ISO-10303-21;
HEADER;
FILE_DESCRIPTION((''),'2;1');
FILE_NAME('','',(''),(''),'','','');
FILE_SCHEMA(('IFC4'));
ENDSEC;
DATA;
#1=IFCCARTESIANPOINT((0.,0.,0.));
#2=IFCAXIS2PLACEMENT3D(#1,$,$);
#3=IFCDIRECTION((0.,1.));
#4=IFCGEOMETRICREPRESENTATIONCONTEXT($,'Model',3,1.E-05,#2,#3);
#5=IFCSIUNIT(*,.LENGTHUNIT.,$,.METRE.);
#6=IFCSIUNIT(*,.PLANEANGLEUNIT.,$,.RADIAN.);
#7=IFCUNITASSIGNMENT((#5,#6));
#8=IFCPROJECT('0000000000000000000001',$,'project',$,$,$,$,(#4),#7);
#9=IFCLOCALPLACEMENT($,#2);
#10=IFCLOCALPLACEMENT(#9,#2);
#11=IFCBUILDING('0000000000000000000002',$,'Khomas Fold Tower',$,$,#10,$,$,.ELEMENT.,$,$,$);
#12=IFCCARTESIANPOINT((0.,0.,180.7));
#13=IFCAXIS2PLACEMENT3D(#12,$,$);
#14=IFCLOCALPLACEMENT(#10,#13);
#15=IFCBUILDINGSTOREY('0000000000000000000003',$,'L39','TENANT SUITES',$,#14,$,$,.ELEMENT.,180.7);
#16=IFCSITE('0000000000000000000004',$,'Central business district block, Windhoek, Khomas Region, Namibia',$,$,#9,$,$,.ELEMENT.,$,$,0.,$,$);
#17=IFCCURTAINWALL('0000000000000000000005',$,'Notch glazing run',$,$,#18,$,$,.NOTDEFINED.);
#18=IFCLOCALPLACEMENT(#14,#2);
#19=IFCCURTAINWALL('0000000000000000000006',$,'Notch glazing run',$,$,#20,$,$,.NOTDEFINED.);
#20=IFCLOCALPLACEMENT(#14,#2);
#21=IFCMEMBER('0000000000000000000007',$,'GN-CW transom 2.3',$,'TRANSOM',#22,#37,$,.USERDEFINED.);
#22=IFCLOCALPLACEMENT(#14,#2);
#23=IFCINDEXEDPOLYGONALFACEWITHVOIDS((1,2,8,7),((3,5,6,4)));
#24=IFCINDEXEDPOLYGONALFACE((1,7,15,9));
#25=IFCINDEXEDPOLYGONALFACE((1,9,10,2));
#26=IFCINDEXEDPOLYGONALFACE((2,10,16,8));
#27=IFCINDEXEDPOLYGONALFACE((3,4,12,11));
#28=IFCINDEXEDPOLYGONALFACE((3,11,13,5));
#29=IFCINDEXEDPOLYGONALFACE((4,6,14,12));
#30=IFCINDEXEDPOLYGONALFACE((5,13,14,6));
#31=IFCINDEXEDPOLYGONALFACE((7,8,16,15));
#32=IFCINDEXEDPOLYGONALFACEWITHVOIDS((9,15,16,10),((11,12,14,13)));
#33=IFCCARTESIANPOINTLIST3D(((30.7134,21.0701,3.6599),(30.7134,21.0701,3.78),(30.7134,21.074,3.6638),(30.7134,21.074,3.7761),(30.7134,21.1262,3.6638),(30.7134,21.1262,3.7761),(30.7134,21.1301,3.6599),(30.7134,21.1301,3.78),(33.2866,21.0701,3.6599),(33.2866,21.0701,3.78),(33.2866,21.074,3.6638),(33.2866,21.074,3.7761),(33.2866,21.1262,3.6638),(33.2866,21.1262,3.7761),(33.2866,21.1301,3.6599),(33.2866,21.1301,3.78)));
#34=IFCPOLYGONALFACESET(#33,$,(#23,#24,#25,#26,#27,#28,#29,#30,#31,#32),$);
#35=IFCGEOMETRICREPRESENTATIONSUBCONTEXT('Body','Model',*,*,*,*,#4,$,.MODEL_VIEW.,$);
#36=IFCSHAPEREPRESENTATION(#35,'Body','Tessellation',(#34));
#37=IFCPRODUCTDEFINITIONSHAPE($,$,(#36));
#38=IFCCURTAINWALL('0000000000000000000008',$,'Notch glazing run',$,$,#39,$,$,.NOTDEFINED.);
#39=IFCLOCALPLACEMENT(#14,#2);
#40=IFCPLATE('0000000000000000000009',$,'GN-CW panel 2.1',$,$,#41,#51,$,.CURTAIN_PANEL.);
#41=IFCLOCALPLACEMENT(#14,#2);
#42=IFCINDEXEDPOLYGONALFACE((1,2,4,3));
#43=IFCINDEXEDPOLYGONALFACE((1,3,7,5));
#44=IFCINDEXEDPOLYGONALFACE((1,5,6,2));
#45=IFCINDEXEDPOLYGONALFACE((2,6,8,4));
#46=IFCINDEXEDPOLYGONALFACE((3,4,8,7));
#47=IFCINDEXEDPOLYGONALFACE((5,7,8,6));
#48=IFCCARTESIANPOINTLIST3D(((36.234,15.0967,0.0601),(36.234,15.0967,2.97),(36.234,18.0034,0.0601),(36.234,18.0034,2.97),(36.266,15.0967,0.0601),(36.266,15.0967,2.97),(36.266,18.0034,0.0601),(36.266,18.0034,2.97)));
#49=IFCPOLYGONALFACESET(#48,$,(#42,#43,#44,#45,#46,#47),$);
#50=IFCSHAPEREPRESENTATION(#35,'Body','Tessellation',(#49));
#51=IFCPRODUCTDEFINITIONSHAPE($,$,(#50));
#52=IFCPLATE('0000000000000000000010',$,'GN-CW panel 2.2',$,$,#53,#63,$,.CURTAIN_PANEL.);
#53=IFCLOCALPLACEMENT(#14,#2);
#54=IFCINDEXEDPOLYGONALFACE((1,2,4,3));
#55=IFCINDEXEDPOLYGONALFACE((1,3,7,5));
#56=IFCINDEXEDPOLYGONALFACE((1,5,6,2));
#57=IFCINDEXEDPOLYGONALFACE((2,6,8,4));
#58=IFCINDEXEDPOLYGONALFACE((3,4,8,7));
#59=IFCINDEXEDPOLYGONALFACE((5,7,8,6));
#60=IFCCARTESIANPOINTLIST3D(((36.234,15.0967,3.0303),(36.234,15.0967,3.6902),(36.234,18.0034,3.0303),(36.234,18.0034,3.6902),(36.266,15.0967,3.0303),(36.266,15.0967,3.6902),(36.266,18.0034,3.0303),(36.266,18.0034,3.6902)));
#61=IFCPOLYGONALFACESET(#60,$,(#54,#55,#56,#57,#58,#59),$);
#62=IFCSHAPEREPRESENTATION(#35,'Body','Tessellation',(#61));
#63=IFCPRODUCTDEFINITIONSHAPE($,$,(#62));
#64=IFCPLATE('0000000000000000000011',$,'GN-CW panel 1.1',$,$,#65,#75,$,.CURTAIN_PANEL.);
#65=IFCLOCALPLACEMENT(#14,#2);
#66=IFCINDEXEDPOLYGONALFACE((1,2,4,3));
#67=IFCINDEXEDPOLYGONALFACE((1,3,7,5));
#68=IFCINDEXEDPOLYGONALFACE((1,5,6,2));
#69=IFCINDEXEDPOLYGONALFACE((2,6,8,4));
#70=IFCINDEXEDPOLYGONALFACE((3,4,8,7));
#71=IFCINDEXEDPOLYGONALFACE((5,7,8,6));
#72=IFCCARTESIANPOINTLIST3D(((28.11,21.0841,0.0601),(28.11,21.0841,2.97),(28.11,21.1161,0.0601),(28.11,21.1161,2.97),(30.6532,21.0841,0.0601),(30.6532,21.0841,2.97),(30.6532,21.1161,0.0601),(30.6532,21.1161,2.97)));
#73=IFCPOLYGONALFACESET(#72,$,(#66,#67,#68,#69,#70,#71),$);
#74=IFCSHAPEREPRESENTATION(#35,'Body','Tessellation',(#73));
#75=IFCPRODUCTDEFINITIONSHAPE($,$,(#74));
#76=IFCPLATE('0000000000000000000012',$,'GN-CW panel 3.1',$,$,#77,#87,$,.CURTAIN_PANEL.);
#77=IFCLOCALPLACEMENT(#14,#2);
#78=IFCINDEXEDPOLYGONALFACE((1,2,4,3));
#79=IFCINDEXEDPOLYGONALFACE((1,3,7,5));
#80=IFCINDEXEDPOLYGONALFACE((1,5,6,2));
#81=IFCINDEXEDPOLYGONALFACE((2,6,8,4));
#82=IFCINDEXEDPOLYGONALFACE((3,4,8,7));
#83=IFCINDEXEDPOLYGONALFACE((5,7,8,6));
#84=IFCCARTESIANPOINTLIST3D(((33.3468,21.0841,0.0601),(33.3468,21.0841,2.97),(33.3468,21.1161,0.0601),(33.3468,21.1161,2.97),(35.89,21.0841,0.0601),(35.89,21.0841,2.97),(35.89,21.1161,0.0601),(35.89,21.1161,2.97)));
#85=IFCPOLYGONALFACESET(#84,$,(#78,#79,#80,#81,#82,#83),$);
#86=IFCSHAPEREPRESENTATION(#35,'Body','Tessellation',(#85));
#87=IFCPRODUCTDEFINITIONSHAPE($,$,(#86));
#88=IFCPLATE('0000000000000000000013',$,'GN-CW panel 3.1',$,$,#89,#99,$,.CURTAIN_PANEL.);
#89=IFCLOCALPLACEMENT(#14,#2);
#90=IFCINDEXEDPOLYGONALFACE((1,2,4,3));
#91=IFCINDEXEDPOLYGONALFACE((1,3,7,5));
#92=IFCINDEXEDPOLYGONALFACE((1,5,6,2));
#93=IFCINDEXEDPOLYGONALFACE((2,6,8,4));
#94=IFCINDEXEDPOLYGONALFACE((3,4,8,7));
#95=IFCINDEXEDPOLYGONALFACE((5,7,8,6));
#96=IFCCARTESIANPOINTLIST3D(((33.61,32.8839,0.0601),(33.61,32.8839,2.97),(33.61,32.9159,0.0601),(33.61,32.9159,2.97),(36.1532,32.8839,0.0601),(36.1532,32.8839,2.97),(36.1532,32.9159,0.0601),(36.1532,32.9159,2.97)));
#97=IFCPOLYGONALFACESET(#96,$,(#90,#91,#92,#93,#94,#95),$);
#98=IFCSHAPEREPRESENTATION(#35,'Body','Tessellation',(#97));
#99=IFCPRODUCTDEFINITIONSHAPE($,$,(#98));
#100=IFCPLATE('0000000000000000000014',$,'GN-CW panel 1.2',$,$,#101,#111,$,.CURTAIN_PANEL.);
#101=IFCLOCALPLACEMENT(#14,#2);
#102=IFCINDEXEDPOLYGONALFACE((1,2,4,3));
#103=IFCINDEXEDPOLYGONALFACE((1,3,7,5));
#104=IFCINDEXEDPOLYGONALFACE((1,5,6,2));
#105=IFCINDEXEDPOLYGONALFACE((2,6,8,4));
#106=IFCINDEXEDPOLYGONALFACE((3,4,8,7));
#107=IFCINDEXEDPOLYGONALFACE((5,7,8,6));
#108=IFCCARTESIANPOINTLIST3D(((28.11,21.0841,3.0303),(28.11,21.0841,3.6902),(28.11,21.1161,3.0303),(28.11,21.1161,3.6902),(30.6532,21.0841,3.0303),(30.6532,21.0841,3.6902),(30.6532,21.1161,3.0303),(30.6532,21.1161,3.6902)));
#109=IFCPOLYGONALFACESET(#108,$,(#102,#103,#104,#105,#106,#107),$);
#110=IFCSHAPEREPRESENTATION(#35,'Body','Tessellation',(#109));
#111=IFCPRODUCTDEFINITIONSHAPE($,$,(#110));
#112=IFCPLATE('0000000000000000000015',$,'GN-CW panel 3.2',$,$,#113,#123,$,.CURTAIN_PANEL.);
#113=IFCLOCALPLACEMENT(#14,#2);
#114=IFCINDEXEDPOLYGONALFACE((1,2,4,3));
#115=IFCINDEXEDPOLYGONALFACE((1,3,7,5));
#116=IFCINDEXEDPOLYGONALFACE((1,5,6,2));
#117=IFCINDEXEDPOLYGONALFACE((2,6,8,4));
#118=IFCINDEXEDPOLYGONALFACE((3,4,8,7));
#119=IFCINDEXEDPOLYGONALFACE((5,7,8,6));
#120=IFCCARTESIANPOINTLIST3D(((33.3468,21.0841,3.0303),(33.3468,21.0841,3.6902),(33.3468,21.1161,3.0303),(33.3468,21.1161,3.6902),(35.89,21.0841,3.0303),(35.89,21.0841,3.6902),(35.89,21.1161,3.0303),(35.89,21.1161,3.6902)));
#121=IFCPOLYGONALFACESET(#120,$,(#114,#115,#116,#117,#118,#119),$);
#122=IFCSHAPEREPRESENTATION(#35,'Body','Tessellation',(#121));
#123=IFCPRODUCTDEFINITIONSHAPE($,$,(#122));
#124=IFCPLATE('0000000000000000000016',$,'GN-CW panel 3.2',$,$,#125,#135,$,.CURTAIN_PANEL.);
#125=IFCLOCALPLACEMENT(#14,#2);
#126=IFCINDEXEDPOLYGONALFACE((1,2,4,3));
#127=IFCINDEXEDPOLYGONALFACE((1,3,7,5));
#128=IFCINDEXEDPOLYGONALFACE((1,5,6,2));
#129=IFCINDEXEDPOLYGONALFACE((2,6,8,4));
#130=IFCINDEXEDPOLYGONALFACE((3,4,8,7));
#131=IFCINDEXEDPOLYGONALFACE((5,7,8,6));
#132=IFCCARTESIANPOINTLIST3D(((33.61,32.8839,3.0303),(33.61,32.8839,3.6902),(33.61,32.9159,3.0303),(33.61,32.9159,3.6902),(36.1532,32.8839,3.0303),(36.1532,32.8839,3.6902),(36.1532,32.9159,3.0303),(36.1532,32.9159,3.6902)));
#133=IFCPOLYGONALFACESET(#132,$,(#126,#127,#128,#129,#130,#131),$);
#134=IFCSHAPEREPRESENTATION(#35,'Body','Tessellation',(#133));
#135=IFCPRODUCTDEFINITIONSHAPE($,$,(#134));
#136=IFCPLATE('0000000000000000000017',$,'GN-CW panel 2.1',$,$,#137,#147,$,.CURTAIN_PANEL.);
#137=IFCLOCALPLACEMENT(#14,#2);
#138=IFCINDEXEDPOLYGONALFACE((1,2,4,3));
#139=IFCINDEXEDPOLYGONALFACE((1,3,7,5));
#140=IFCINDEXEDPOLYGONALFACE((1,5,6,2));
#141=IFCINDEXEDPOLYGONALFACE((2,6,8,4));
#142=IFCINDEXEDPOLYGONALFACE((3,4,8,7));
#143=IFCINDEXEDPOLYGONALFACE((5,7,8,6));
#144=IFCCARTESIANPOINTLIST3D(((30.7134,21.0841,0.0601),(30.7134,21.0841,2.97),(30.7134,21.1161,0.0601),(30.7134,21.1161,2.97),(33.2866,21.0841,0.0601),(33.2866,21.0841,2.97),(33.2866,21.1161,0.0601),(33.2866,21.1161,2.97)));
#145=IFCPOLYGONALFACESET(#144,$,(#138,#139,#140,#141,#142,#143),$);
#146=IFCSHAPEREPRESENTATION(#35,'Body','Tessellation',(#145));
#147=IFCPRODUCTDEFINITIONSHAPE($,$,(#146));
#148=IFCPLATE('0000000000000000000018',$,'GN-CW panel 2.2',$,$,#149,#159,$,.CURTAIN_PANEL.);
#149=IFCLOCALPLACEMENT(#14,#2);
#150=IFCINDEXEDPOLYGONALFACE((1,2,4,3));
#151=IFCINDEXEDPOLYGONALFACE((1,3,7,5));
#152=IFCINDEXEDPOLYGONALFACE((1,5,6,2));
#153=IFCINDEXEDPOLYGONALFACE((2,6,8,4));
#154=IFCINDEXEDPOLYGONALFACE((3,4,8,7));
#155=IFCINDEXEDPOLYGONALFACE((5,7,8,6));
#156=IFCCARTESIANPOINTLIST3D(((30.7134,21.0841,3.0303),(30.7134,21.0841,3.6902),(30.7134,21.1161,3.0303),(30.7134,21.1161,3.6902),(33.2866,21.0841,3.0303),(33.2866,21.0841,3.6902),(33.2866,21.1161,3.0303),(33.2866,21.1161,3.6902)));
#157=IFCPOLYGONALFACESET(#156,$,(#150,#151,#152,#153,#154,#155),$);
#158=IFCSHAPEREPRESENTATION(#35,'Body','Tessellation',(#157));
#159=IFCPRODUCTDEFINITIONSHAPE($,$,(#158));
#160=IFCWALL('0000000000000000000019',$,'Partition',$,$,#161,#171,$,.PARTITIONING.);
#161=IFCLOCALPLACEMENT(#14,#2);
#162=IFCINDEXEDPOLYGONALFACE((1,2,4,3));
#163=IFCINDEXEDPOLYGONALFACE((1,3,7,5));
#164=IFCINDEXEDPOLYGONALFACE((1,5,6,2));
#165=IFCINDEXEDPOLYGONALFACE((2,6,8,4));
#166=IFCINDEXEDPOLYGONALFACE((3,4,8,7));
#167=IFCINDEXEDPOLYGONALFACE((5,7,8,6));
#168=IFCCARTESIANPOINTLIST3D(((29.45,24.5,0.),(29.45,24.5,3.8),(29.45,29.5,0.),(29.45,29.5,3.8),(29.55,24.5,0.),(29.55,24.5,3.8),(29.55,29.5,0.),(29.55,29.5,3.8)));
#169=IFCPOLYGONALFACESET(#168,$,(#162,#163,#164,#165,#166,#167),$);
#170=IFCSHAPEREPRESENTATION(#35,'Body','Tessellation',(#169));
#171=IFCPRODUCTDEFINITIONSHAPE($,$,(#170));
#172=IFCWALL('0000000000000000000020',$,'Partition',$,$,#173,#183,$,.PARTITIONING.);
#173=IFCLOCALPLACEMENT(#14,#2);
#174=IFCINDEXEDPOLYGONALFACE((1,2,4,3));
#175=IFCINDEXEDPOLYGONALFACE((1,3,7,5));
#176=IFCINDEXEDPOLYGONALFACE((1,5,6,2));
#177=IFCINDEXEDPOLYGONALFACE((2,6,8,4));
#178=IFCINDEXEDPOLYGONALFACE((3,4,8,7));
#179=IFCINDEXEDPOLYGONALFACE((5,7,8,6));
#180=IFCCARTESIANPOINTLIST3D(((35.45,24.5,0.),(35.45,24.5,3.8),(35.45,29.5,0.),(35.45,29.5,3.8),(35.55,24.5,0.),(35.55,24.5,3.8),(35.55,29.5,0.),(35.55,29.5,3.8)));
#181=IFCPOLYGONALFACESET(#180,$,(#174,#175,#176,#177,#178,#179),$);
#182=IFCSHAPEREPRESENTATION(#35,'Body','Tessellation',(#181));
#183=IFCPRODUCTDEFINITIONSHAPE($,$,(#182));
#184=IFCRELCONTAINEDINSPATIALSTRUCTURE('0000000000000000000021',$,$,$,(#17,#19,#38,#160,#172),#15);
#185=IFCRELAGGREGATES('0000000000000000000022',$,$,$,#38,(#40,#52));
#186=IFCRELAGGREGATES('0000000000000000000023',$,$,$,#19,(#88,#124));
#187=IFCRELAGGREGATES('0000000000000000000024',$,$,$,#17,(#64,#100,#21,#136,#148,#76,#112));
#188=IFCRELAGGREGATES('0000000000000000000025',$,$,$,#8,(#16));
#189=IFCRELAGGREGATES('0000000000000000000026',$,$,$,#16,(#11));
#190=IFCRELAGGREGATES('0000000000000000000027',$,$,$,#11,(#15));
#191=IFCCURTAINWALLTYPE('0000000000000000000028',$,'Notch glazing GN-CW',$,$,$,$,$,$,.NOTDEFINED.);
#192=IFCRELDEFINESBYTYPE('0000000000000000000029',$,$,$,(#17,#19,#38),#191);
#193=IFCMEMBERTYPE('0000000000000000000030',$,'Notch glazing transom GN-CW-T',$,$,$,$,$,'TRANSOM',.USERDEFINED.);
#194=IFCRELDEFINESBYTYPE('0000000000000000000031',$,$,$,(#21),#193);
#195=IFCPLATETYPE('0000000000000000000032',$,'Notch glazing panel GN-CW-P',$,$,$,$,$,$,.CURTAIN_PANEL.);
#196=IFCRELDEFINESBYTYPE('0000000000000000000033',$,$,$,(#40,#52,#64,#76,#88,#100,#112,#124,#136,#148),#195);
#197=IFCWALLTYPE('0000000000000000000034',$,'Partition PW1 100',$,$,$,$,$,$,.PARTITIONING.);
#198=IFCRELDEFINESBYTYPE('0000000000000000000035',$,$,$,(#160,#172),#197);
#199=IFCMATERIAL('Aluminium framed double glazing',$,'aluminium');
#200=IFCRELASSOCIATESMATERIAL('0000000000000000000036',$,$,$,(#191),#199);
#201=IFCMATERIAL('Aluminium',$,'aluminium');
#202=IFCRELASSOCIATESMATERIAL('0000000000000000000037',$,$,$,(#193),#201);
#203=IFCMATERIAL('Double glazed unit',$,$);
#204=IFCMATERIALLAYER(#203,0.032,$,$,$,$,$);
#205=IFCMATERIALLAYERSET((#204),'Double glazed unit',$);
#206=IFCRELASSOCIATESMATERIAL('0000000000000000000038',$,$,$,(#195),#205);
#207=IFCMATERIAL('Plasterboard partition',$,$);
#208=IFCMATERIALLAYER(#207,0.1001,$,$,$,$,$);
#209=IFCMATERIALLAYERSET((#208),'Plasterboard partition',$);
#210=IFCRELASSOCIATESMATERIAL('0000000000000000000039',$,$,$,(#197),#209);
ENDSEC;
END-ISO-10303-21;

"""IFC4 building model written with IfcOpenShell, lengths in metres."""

from ifc_helpers import new_model, si_unit, direction, frame, frame_2d, origin, origin_2d, place, context, subcontext, project, spatial, rectangle, hollow_rectangle, extrude, source, transform, mapped, material, layer, layer_set, material_profile, profile_set, type_object, element, aggregate, save


model = new_model("IFC4")

# Units and contexts
model_context = context("Model", 3, precision=1e-05, world=origin(), true_north=direction((0.0, 1.0)))
body_context = subcontext(model_context, "Body", "Model", "MODEL_VIEW")
ifc_project = project(units=[si_unit("LENGTHUNIT", "METRE"), si_unit("PLANEANGLEUNIT", "RADIAN")], contexts=[model_context])

# Site, building, storey
site_placement = place(None, origin())
site = spatial("IfcSite", under=ifc_project, at=site_placement, Name="Central business district block, Windhoek, Khomas Region, Namibia", CompositionType="ELEMENT", RefElevation=0.0)
building_placement = place(site_placement, origin())
building = spatial("IfcBuilding", under=site, at=building_placement, Name="Khomas Fold Tower", CompositionType="ELEMENT")
storey_placement = place(building_placement, frame((0.0, 0.0, 180.7)))
storey = spatial("IfcBuildingStorey", under=building, at=storey_placement, Name="L39", Description="TENANT SUITES", CompositionType="ELEMENT", Elevation=180.7)

# Curtain walls
ifc_material_1 = material(Name="Aluminium framed double glazing", Category="aluminium")
curtain_wall_type = type_object("IfcCurtainWallType", Name="Notch glazing GN-CW", PredefinedType="NOTDEFINED", material=ifc_material_1)
curtain_wall_1_placement = place(storey_placement, origin())
curtain_wall_1 = element("IfcCurtainWall", 1, at=curtain_wall_1_placement, inside=storey, type_object=curtain_wall_type, Name="Notch glazing run", PredefinedType="NOTDEFINED")
curtain_wall_2_placement = place(storey_placement, origin())
curtain_wall_2 = element("IfcCurtainWall", 2, at=curtain_wall_2_placement, inside=storey, type_object=curtain_wall_type, Name="Notch glazing run", PredefinedType="NOTDEFINED")

# Member
ifc_material_2 = material(Name="Aluminium", Category="aluminium")
ifc_material_profile_1 = material_profile(ifc_material_2, hollow_rectangle(XDim=0.0601, YDim=0.1201, WallThickness=0.0039, at=origin_2d()), Name="Notch glazing transom GN-CW-T")
ifc_profile_set_1 = profile_set([ifc_material_profile_1], Name="Aluminium")
member_type_1 = type_object("IfcMemberType", Name="Notch glazing transom GN-CW-T", ElementType="TRANSOM", PredefinedType="USERDEFINED", material=ifc_profile_set_1)
shared_shape_1 = source(origin(), body_context, "Body", "SweptSolid", [
    extrude(hollow_rectangle(XDim=0.0601, YDim=0.1201, WallThickness=0.0039, at=origin_2d()), origin(), (0.0, 0.0, 1.0), 2.5732),
])
member_1_placement = place(storey_placement, frame((30.7134, 21.1001, 3.72), z_axis=(1.0, 0.0, 0.0), x_axis=(0.0, 1.0, 0.0)))
member_1 = element("IfcMember", 3, at=member_1_placement, type_object=member_type_1, Name="GN-CW transom 2.3", ObjectType="TRANSOM", PredefinedType="USERDEFINED", context=body_context, shape_type="MappedRepresentation", body=[
    mapped(shared_shape_1, transform((0.0, 0.0, 0.0))),
])

# Curtain wall, plates
curtain_wall_3_placement = place(storey_placement, origin())
curtain_wall_3 = element("IfcCurtainWall", 4, at=curtain_wall_3_placement, inside=storey, type_object=curtain_wall_type, Name="Notch glazing run", PredefinedType="NOTDEFINED")
ifc_material_3 = material(Name="Double glazed unit")
ifc_layer_1 = layer(ifc_material_3, 0.032)
ifc_layer_set_1 = layer_set([ifc_layer_1], Name="Double glazed unit")
plate_type = type_object("IfcPlateType", Name="Notch glazing panel GN-CW-P", PredefinedType="CURTAIN_PANEL", material=ifc_layer_set_1)
shared_shape_2 = source(origin(), body_context, "Body", "SweptSolid", [
    extrude(rectangle(XDim=2.9067, YDim=0.032, at=origin_2d()), origin(), (0.0, 0.0, 1.0), 2.9099),
])
plate_1_placement = place(storey_placement, frame((36.25, 16.55, 0.0601), z_axis=(0.0, 0.0, 1.0), x_axis=(0.0, -1.0, 0.0)))
plate_1 = element("IfcPlate", 5, at=plate_1_placement, type_object=plate_type, Name="GN-CW panel 2.1", PredefinedType="CURTAIN_PANEL", context=body_context, shape_type="MappedRepresentation", body=[
    mapped(shared_shape_2, transform((0.0, 0.0, 0.0))),
])
shared_shape_3 = source(origin(), body_context, "Body", "SweptSolid", [
    extrude(rectangle(XDim=2.9067, YDim=0.032, at=origin_2d()), origin(), (0.0, 0.0, 1.0), 0.6599),
])
plate_2_placement = place(storey_placement, frame((36.25, 16.55, 3.0303), z_axis=(0.0, 0.0, 1.0), x_axis=(0.0, -1.0, 0.0)))
plate_2 = element("IfcPlate", 6, at=plate_2_placement, type_object=plate_type, Name="GN-CW panel 2.2", PredefinedType="CURTAIN_PANEL", context=body_context, shape_type="MappedRepresentation", body=[
    mapped(shared_shape_3, transform((0.0, 0.0, 0.0))),
])
aggregate(curtain_wall_3, [plate_1, plate_2])

# Plates
shared_shape_4 = source(origin(), body_context, "Body", "SweptSolid", [
    extrude(rectangle(XDim=2.5432, YDim=0.032, at=origin_2d()), origin(), (0.0, 0.0, 1.0), 2.9099),
])
plate_3_placement = place(storey_placement, frame((29.3816, 21.1001, 0.0601), z_axis=(0.0, 0.0, 1.0), x_axis=(1.0, 0.0, 0.0)))
plate_3 = element("IfcPlate", 7, at=plate_3_placement, type_object=plate_type, Name="GN-CW panel 1.1", PredefinedType="CURTAIN_PANEL", context=body_context, shape_type="MappedRepresentation", body=[
    mapped(shared_shape_4, transform((0.0, 0.0, 0.0))),
])
plate_4_placement = place(storey_placement, frame((34.6184, 21.1001, 0.0601), z_axis=(0.0, 0.0, 1.0), x_axis=(1.0, 0.0, 0.0)))
plate_4 = element("IfcPlate", 8, at=plate_4_placement, type_object=plate_type, Name="GN-CW panel 3.1", PredefinedType="CURTAIN_PANEL", context=body_context, shape_type="MappedRepresentation", body=[
    mapped(shared_shape_4, transform((0.0, 0.0, 0.0))),
])
plate_5_placement = place(storey_placement, frame((34.8816, 32.8999, 0.0601), z_axis=(0.0, 0.0, 1.0), x_axis=(-1.0, 0.0, 0.0)))
plate_5 = element("IfcPlate", 9, at=plate_5_placement, type_object=plate_type, Name="GN-CW panel 3.1", PredefinedType="CURTAIN_PANEL", context=body_context, shape_type="MappedRepresentation", body=[
    mapped(shared_shape_4, transform((0.0, 0.0, 0.0))),
])
shared_shape_5 = source(origin(), body_context, "Body", "SweptSolid", [
    extrude(rectangle(XDim=2.5432, YDim=0.032, at=origin_2d()), origin(), (0.0, 0.0, 1.0), 0.6599),
])
plate_6_placement = place(storey_placement, frame((29.3816, 21.1001, 3.0303), z_axis=(0.0, 0.0, 1.0), x_axis=(1.0, 0.0, 0.0)))
plate_6 = element("IfcPlate", 10, at=plate_6_placement, type_object=plate_type, Name="GN-CW panel 1.2", PredefinedType="CURTAIN_PANEL", context=body_context, shape_type="MappedRepresentation", body=[
    mapped(shared_shape_5, transform((0.0, 0.0, 0.0))),
])
plate_7_placement = place(storey_placement, frame((34.6184, 21.1001, 3.0303), z_axis=(0.0, 0.0, 1.0), x_axis=(1.0, 0.0, 0.0)))
plate_7 = element("IfcPlate", 11, at=plate_7_placement, type_object=plate_type, Name="GN-CW panel 3.2", PredefinedType="CURTAIN_PANEL", context=body_context, shape_type="MappedRepresentation", body=[
    mapped(shared_shape_5, transform((0.0, 0.0, 0.0))),
])
plate_8_placement = place(storey_placement, frame((34.8816, 32.8999, 3.0303), z_axis=(0.0, 0.0, 1.0), x_axis=(-1.0, 0.0, 0.0)))
plate_8 = element("IfcPlate", 12, at=plate_8_placement, type_object=plate_type, Name="GN-CW panel 3.2", PredefinedType="CURTAIN_PANEL", context=body_context, shape_type="MappedRepresentation", body=[
    mapped(shared_shape_5, transform((0.0, 0.0, 0.0))),
])
aggregate(curtain_wall_2, [plate_5, plate_8])
shared_shape_6 = source(origin(), body_context, "Body", "SweptSolid", [
    extrude(rectangle(XDim=2.5732, YDim=0.032, at=origin_2d()), origin(), (0.0, 0.0, 1.0), 2.9099),
])
plate_9_placement = place(storey_placement, frame((32.0, 21.1001, 0.0601), z_axis=(0.0, 0.0, 1.0), x_axis=(1.0, 0.0, 0.0)))
plate_9 = element("IfcPlate", 13, at=plate_9_placement, type_object=plate_type, Name="GN-CW panel 2.1", PredefinedType="CURTAIN_PANEL", context=body_context, shape_type="MappedRepresentation", body=[
    mapped(shared_shape_6, transform((0.0, 0.0, 0.0))),
])
shared_shape_7 = source(origin(), body_context, "Body", "SweptSolid", [
    extrude(rectangle(XDim=2.5732, YDim=0.032, at=origin_2d()), origin(), (0.0, 0.0, 1.0), 0.6599),
])
plate_10_placement = place(storey_placement, frame((32.0, 21.1001, 3.0303), z_axis=(0.0, 0.0, 1.0), x_axis=(1.0, 0.0, 0.0)))
plate_10 = element("IfcPlate", 14, at=plate_10_placement, type_object=plate_type, Name="GN-CW panel 2.2", PredefinedType="CURTAIN_PANEL", context=body_context, shape_type="MappedRepresentation", body=[
    mapped(shared_shape_7, transform((0.0, 0.0, 0.0))),
])
aggregate(curtain_wall_1, [plate_3, plate_6, member_1, plate_9, plate_10, plate_4, plate_7])

# Walls
ifc_material_4 = material(Name="Plasterboard partition")
ifc_layer_2 = layer(ifc_material_4, 0.1001)
ifc_layer_set_2 = layer_set([ifc_layer_2], Name="Plasterboard partition")
wall_type = type_object("IfcWallType", Name="Partition PW1 100", PredefinedType="PARTITIONING", material=ifc_layer_set_2)
shared_shape_8 = source(origin(), body_context, "Body", "SweptSolid", [
    extrude(rectangle(XDim=5.0, YDim=0.1001, at=frame_2d((2.5, 0.0))), origin(), (0.0, 0.0, 1.0), 3.8),
])
for number, where, z_axis, x_axis, name in (
    (15, (29.5, 24.5, 0.0), (0.0, 0.0, 1.0), (0.0, 1.0, 0.0), "Partition"),
    (16, (35.5, 24.5, 0.0), (0.0, 0.0, 1.0), (0.0, 1.0, 0.0), "Partition"),
):
    element("IfcWall", number, at=place(storey_placement, frame(where, z_axis=z_axis, x_axis=x_axis)), inside=storey, type_object=wall_type, Name=name, PredefinedType="PARTITIONING", context=body_context, shape_type="MappedRepresentation", body=[
        mapped(shared_shape_8, transform((0.0, 0.0, 0.0))),
    ])

save(model, "model.ifc")
